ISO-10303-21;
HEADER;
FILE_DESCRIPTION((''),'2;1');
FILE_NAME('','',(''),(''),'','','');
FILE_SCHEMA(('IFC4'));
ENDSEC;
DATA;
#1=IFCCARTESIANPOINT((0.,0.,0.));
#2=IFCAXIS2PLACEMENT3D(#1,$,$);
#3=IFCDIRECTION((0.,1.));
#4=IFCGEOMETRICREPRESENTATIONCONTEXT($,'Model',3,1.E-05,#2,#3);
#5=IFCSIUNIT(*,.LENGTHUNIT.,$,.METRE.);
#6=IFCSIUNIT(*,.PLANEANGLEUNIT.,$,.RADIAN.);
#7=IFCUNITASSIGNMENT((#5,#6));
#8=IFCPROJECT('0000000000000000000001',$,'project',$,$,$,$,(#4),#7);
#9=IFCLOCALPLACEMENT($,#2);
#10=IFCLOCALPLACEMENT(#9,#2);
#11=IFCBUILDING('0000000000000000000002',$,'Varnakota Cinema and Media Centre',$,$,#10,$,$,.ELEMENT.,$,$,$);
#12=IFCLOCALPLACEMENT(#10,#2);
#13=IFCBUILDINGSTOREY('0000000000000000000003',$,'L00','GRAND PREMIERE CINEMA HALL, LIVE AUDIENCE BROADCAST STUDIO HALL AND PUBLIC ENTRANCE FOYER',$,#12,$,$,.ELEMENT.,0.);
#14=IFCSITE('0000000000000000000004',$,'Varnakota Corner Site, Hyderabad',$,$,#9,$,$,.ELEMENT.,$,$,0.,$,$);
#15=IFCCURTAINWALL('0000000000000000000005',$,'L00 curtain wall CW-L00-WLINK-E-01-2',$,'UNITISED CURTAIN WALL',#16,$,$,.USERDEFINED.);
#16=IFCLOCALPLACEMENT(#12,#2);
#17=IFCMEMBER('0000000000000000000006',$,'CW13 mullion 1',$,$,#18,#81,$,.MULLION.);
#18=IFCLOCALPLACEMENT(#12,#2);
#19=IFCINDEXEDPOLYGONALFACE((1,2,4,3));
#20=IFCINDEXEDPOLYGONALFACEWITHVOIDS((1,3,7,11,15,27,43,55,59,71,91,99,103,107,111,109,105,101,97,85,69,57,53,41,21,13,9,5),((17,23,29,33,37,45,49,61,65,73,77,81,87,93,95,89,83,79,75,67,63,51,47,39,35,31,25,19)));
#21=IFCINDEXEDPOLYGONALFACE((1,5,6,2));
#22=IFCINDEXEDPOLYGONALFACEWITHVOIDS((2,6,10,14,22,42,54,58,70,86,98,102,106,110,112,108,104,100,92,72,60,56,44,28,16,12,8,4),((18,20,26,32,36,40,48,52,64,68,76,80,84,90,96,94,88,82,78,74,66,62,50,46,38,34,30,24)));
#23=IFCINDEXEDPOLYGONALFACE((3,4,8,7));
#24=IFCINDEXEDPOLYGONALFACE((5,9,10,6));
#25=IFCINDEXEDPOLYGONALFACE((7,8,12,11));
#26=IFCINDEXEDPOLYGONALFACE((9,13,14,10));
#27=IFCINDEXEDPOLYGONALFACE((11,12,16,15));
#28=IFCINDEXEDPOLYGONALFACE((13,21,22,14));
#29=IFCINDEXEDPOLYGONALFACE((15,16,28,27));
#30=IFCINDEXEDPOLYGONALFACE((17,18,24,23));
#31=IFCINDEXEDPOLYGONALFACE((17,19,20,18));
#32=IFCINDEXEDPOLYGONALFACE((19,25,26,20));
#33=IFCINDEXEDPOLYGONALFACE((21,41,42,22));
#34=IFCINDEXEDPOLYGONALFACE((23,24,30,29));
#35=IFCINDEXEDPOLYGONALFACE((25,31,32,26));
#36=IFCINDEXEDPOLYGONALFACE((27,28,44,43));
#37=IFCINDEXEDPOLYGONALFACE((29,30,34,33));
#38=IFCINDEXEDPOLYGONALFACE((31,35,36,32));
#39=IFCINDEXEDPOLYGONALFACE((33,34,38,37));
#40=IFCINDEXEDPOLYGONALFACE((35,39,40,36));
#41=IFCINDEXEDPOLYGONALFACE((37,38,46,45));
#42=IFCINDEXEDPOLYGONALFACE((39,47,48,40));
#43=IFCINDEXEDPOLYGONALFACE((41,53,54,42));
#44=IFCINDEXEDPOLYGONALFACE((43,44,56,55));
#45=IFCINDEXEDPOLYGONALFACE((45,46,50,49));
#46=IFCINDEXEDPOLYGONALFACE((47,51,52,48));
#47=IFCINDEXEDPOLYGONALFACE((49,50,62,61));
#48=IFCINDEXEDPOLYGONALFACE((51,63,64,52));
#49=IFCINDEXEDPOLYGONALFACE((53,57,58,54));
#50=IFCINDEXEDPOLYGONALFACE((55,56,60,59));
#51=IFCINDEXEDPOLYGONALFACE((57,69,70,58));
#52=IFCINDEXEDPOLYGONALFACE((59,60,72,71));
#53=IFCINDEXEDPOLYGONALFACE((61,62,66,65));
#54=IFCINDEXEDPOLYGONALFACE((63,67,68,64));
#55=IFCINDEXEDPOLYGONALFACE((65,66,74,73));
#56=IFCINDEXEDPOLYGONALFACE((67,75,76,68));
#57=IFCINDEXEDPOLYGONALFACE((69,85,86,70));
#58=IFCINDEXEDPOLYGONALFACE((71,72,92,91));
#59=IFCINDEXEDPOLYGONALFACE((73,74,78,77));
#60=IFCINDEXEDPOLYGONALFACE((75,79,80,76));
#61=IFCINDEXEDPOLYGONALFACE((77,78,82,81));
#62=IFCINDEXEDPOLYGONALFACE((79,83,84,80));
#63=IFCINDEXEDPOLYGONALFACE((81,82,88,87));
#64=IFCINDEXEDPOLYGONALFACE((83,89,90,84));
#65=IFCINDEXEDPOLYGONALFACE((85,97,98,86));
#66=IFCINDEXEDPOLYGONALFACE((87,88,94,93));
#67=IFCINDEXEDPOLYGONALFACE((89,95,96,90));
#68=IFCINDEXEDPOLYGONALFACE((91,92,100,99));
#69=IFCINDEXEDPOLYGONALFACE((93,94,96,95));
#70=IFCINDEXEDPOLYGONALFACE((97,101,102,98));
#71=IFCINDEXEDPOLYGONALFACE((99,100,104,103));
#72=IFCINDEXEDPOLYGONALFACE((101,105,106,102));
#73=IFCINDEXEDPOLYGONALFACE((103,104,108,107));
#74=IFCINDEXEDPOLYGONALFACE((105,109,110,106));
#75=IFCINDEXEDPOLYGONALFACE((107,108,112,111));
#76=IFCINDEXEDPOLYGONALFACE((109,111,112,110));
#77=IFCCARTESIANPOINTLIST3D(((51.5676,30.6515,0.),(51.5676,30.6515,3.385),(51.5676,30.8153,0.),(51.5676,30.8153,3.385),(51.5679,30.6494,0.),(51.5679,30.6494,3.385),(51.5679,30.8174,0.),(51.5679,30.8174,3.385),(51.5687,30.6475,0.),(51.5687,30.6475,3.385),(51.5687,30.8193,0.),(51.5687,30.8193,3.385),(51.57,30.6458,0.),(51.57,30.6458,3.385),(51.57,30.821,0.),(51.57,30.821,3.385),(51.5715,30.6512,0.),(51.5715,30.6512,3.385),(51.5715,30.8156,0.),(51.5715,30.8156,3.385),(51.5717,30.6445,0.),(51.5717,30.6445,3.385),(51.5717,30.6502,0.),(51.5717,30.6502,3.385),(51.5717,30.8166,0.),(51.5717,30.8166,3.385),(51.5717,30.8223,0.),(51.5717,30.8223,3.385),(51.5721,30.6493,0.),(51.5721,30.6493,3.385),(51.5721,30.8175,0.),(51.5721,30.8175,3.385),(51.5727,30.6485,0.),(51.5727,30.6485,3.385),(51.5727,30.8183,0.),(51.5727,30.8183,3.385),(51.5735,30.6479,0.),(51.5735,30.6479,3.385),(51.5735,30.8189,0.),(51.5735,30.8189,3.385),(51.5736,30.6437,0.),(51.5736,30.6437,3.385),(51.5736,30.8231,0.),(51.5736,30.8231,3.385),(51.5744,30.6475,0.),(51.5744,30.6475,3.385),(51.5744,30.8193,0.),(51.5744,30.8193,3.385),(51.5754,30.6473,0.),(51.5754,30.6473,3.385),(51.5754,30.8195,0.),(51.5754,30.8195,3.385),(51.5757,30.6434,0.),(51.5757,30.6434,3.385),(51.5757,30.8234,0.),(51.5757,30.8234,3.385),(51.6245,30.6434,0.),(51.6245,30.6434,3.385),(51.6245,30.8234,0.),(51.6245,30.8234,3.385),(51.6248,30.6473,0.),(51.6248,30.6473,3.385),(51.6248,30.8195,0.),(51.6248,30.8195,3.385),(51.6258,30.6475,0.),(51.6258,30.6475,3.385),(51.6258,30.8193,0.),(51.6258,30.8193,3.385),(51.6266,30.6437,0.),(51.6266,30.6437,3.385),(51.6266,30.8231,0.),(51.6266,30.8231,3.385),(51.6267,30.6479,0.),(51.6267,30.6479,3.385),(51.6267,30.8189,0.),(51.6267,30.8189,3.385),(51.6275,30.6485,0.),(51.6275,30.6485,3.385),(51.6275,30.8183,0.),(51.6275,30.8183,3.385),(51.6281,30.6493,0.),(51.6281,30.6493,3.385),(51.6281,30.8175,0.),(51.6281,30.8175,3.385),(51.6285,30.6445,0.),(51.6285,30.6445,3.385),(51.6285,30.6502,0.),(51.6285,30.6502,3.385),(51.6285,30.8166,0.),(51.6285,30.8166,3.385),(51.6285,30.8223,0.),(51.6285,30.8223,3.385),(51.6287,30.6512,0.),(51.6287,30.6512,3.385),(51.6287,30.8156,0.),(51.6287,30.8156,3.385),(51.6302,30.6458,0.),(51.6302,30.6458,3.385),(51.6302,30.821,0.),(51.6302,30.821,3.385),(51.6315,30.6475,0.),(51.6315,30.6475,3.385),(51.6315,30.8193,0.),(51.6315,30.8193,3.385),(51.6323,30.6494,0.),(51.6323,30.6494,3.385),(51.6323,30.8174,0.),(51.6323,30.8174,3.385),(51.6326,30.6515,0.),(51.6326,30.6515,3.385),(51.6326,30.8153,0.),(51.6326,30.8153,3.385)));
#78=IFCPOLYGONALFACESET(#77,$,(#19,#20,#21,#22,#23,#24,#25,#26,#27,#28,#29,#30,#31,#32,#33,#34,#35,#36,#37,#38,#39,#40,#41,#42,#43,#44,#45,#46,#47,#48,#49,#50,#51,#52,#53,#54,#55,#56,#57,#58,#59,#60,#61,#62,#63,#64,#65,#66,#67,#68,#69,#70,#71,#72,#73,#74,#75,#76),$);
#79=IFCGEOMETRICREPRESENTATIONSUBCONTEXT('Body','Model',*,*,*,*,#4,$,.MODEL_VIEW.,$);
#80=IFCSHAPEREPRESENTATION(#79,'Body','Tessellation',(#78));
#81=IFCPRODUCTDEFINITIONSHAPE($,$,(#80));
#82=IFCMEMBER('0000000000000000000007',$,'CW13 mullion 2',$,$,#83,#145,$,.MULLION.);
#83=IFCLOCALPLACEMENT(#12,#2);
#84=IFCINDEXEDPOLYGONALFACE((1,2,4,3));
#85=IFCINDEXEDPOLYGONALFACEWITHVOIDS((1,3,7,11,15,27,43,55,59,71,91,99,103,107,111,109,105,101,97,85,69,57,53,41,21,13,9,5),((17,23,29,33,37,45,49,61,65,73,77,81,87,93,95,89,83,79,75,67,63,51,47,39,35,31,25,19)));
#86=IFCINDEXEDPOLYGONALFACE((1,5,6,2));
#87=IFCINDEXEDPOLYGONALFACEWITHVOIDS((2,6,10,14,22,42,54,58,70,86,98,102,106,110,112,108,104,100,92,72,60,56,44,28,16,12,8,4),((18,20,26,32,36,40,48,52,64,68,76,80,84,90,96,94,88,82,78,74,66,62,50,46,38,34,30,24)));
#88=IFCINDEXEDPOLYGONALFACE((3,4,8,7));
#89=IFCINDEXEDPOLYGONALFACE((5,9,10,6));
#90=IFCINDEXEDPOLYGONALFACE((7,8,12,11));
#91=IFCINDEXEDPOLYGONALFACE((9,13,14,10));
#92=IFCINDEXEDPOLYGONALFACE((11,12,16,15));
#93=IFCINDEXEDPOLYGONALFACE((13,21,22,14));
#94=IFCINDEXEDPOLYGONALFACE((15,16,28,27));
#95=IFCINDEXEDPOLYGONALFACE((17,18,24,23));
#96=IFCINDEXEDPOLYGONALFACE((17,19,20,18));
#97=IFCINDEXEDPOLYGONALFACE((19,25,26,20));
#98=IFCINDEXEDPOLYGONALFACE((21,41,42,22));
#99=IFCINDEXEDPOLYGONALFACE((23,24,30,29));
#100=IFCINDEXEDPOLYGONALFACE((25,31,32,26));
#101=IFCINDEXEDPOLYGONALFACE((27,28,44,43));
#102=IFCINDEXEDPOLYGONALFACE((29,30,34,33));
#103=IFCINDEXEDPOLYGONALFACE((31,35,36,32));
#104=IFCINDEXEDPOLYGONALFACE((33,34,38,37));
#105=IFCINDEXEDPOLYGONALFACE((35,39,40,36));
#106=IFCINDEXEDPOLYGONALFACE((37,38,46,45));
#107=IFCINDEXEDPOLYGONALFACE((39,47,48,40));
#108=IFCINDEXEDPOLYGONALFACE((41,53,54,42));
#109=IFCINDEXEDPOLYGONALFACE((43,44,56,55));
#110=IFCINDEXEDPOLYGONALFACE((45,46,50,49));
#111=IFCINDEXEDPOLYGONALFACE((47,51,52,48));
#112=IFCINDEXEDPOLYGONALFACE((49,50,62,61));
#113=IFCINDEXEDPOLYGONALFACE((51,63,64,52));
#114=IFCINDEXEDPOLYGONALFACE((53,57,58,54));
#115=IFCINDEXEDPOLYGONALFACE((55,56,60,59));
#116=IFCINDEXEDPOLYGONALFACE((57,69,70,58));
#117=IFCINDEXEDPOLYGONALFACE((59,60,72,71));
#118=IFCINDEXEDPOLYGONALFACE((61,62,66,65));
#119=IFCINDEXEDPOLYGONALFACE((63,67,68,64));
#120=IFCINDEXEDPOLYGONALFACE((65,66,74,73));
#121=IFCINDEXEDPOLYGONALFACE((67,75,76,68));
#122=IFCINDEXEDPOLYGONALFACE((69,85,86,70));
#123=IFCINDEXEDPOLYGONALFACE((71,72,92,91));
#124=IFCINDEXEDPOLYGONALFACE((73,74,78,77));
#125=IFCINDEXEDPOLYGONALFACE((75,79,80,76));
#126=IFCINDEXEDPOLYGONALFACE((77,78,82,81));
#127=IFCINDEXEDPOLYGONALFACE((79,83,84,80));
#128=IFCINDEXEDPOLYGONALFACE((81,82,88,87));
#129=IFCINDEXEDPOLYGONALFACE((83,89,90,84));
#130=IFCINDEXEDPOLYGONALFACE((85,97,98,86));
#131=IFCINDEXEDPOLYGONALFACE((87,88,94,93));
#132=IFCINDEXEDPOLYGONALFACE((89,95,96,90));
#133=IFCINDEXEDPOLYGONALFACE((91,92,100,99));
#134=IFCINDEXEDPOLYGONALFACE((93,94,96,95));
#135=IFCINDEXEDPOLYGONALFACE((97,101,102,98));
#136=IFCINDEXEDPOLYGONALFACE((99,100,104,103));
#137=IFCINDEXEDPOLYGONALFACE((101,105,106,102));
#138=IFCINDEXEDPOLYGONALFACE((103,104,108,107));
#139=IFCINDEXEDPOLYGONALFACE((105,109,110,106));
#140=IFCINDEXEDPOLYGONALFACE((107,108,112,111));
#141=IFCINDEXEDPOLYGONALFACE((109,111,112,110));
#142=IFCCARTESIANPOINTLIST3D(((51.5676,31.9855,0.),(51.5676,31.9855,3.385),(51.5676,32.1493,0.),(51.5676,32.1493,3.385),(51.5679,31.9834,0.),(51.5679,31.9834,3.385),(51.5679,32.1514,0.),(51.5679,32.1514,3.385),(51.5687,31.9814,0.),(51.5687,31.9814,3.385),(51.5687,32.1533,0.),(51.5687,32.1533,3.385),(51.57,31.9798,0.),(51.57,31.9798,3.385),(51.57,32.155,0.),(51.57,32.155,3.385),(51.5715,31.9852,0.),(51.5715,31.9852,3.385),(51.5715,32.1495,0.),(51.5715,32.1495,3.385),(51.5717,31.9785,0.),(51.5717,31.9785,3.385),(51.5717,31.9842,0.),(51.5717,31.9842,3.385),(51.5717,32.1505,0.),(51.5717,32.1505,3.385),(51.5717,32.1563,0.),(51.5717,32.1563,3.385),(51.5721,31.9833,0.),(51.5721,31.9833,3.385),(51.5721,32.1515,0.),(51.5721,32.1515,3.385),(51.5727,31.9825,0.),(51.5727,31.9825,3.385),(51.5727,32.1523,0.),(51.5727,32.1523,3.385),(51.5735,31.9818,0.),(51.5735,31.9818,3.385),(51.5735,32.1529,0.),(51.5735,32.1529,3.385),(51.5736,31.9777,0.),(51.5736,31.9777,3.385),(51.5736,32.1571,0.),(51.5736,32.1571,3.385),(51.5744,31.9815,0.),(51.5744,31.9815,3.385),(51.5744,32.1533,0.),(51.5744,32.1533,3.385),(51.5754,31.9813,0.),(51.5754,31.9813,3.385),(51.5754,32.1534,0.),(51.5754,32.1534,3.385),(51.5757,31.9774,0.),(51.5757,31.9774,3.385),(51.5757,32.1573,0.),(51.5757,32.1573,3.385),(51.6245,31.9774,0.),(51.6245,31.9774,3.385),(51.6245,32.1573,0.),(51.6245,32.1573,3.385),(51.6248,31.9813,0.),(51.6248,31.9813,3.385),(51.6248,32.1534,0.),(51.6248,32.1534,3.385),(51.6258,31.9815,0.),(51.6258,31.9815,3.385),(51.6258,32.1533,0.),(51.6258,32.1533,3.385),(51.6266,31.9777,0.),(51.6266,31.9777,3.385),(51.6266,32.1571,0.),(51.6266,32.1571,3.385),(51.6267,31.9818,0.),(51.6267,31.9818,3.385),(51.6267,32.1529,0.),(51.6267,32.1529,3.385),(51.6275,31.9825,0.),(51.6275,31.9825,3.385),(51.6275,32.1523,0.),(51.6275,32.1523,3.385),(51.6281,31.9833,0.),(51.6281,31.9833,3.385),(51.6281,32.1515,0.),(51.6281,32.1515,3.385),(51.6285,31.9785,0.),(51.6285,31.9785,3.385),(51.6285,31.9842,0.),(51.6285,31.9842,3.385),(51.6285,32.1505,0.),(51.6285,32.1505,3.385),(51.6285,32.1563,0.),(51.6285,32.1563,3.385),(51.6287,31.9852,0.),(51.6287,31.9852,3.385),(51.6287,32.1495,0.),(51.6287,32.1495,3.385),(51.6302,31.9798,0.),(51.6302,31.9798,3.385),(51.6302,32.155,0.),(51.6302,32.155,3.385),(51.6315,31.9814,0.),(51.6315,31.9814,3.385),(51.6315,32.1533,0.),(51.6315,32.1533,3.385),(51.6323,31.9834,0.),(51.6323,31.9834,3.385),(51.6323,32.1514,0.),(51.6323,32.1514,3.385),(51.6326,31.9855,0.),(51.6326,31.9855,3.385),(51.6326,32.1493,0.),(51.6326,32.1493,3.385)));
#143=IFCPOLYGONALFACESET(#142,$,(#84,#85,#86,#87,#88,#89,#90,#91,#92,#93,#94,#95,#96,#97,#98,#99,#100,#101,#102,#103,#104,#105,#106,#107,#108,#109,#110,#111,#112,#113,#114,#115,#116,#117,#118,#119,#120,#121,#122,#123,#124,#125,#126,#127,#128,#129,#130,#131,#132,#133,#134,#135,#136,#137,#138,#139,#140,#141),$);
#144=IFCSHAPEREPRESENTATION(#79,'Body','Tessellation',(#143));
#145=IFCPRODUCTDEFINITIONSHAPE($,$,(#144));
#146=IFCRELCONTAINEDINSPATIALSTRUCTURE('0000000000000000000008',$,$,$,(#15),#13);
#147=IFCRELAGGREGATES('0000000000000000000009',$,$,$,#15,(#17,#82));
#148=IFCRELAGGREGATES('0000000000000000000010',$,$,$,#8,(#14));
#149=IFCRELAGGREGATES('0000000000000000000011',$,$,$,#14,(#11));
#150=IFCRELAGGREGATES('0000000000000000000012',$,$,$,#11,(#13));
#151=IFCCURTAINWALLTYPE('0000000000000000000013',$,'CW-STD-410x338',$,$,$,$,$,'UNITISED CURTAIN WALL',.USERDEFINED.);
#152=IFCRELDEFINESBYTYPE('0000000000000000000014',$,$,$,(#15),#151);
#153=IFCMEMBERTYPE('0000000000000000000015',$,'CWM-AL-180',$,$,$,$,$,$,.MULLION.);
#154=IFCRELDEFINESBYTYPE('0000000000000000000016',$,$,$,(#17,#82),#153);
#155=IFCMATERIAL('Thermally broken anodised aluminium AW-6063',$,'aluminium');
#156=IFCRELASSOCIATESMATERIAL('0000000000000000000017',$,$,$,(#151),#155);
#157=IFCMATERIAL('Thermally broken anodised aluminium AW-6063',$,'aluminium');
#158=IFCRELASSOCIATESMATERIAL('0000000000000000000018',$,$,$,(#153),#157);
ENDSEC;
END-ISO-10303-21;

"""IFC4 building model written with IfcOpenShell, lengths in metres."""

from ifc_helpers import new_model, si_unit, direction, frame, origin, origin_2d, place, context, subcontext, project, spatial, hollow_rectangle, extrude, material, material_profile, profile_set, type_object, element, aggregate, save


model = new_model("IFC4")

# Units and contexts
model_context = context("Model", 3, precision=1e-05, world=origin(), true_north=direction((0.0, 1.0)))
body_context = subcontext(model_context, "Body", "Model", "MODEL_VIEW")
ifc_project = project(units=[si_unit("LENGTHUNIT", "METRE"), si_unit("PLANEANGLEUNIT", "RADIAN")], contexts=[model_context])

# Site, building, storey
site_placement = place(None, origin())
site = spatial("IfcSite", under=ifc_project, at=site_placement, Name="Varnakota Corner Site, Hyderabad", CompositionType="ELEMENT", RefElevation=0.0)
building_placement = place(site_placement, origin())
building = spatial("IfcBuilding", under=site, at=building_placement, Name="Varnakota Cinema and Media Centre", CompositionType="ELEMENT")
storey_placement = place(building_placement, origin())
storey = spatial("IfcBuildingStorey", under=building, at=storey_placement, Name="L00", Description="GRAND PREMIERE CINEMA HALL, LIVE AUDIENCE BROADCAST STUDIO HALL AND PUBLIC ENTRANCE FOYER", CompositionType="ELEMENT", Elevation=0.0)

# Shared definitions
ifc_material_1 = material(Name="Thermally broken anodised aluminium AW-6063", Category="aluminium")
curtain_wall_type = type_object("IfcCurtainWallType", Name="CW-STD-410x338", ElementType="UNITISED CURTAIN WALL", PredefinedType="USERDEFINED", material=ifc_material_1)
ifc_material_2 = material(Name="Thermally broken anodised aluminium AW-6063", Category="aluminium")
ifc_material_profile_1 = material_profile(ifc_material_2, hollow_rectangle(XDim=0.0649, YDim=0.1799, WallThickness=0.0039, InnerFilletRadius=0.0039, OuterFilletRadius=0.0081, at=origin_2d()), Name="AL-MULLION 180x65x4")
ifc_profile_set_1 = profile_set([ifc_material_profile_1], Name="Thermally broken anodised aluminium AW-6063")
member_type_1 = type_object("IfcMemberType", Name="CWM-AL-180", PredefinedType="MULLION", material=ifc_profile_set_1)

# Curtain wall, members
curtain_wall_1_placement = place(storey_placement, origin())
curtain_wall_1 = element("IfcCurtainWall", 1, at=curtain_wall_1_placement, inside=storey, type_object=curtain_wall_type, Name="L00 curtain wall CW-L00-WLINK-E-01-2", ObjectType="UNITISED CURTAIN WALL", PredefinedType="USERDEFINED")
member_1_placement = place(storey_placement, frame((51.6001, 30.7334, 0.0), z_axis=(0.0, 0.0, 1.0), x_axis=(-1.0, 0.0, 0.0)))
member_1 = element("IfcMember", 2, at=member_1_placement, type_object=member_type_1, Name="CW13 mullion 1", PredefinedType="MULLION", context=body_context, shape_type="SweptSolid", body=[
    extrude(hollow_rectangle(XDim=0.0649, YDim=0.1799, WallThickness=0.0039, InnerFilletRadius=0.0039, OuterFilletRadius=0.0081, at=origin_2d()), origin(), (0.0, 0.0, 1.0), 3.385),
])
member_2_placement = place(storey_placement, frame((51.6001, 32.0674, 0.0), z_axis=(0.0, 0.0, 1.0), x_axis=(-1.0, 0.0, 0.0)))
member_2 = element("IfcMember", 3, at=member_2_placement, type_object=member_type_1, Name="CW13 mullion 2", PredefinedType="MULLION", context=body_context, shape_type="SweptSolid", body=[
    extrude(hollow_rectangle(XDim=0.0649, YDim=0.1799, WallThickness=0.0039, InnerFilletRadius=0.0039, OuterFilletRadius=0.0081, at=origin_2d()), origin(), (0.0, 0.0, 1.0), 3.385),
])
aggregate(curtain_wall_1, [member_1, member_2])

save(model, "model.ifc")
